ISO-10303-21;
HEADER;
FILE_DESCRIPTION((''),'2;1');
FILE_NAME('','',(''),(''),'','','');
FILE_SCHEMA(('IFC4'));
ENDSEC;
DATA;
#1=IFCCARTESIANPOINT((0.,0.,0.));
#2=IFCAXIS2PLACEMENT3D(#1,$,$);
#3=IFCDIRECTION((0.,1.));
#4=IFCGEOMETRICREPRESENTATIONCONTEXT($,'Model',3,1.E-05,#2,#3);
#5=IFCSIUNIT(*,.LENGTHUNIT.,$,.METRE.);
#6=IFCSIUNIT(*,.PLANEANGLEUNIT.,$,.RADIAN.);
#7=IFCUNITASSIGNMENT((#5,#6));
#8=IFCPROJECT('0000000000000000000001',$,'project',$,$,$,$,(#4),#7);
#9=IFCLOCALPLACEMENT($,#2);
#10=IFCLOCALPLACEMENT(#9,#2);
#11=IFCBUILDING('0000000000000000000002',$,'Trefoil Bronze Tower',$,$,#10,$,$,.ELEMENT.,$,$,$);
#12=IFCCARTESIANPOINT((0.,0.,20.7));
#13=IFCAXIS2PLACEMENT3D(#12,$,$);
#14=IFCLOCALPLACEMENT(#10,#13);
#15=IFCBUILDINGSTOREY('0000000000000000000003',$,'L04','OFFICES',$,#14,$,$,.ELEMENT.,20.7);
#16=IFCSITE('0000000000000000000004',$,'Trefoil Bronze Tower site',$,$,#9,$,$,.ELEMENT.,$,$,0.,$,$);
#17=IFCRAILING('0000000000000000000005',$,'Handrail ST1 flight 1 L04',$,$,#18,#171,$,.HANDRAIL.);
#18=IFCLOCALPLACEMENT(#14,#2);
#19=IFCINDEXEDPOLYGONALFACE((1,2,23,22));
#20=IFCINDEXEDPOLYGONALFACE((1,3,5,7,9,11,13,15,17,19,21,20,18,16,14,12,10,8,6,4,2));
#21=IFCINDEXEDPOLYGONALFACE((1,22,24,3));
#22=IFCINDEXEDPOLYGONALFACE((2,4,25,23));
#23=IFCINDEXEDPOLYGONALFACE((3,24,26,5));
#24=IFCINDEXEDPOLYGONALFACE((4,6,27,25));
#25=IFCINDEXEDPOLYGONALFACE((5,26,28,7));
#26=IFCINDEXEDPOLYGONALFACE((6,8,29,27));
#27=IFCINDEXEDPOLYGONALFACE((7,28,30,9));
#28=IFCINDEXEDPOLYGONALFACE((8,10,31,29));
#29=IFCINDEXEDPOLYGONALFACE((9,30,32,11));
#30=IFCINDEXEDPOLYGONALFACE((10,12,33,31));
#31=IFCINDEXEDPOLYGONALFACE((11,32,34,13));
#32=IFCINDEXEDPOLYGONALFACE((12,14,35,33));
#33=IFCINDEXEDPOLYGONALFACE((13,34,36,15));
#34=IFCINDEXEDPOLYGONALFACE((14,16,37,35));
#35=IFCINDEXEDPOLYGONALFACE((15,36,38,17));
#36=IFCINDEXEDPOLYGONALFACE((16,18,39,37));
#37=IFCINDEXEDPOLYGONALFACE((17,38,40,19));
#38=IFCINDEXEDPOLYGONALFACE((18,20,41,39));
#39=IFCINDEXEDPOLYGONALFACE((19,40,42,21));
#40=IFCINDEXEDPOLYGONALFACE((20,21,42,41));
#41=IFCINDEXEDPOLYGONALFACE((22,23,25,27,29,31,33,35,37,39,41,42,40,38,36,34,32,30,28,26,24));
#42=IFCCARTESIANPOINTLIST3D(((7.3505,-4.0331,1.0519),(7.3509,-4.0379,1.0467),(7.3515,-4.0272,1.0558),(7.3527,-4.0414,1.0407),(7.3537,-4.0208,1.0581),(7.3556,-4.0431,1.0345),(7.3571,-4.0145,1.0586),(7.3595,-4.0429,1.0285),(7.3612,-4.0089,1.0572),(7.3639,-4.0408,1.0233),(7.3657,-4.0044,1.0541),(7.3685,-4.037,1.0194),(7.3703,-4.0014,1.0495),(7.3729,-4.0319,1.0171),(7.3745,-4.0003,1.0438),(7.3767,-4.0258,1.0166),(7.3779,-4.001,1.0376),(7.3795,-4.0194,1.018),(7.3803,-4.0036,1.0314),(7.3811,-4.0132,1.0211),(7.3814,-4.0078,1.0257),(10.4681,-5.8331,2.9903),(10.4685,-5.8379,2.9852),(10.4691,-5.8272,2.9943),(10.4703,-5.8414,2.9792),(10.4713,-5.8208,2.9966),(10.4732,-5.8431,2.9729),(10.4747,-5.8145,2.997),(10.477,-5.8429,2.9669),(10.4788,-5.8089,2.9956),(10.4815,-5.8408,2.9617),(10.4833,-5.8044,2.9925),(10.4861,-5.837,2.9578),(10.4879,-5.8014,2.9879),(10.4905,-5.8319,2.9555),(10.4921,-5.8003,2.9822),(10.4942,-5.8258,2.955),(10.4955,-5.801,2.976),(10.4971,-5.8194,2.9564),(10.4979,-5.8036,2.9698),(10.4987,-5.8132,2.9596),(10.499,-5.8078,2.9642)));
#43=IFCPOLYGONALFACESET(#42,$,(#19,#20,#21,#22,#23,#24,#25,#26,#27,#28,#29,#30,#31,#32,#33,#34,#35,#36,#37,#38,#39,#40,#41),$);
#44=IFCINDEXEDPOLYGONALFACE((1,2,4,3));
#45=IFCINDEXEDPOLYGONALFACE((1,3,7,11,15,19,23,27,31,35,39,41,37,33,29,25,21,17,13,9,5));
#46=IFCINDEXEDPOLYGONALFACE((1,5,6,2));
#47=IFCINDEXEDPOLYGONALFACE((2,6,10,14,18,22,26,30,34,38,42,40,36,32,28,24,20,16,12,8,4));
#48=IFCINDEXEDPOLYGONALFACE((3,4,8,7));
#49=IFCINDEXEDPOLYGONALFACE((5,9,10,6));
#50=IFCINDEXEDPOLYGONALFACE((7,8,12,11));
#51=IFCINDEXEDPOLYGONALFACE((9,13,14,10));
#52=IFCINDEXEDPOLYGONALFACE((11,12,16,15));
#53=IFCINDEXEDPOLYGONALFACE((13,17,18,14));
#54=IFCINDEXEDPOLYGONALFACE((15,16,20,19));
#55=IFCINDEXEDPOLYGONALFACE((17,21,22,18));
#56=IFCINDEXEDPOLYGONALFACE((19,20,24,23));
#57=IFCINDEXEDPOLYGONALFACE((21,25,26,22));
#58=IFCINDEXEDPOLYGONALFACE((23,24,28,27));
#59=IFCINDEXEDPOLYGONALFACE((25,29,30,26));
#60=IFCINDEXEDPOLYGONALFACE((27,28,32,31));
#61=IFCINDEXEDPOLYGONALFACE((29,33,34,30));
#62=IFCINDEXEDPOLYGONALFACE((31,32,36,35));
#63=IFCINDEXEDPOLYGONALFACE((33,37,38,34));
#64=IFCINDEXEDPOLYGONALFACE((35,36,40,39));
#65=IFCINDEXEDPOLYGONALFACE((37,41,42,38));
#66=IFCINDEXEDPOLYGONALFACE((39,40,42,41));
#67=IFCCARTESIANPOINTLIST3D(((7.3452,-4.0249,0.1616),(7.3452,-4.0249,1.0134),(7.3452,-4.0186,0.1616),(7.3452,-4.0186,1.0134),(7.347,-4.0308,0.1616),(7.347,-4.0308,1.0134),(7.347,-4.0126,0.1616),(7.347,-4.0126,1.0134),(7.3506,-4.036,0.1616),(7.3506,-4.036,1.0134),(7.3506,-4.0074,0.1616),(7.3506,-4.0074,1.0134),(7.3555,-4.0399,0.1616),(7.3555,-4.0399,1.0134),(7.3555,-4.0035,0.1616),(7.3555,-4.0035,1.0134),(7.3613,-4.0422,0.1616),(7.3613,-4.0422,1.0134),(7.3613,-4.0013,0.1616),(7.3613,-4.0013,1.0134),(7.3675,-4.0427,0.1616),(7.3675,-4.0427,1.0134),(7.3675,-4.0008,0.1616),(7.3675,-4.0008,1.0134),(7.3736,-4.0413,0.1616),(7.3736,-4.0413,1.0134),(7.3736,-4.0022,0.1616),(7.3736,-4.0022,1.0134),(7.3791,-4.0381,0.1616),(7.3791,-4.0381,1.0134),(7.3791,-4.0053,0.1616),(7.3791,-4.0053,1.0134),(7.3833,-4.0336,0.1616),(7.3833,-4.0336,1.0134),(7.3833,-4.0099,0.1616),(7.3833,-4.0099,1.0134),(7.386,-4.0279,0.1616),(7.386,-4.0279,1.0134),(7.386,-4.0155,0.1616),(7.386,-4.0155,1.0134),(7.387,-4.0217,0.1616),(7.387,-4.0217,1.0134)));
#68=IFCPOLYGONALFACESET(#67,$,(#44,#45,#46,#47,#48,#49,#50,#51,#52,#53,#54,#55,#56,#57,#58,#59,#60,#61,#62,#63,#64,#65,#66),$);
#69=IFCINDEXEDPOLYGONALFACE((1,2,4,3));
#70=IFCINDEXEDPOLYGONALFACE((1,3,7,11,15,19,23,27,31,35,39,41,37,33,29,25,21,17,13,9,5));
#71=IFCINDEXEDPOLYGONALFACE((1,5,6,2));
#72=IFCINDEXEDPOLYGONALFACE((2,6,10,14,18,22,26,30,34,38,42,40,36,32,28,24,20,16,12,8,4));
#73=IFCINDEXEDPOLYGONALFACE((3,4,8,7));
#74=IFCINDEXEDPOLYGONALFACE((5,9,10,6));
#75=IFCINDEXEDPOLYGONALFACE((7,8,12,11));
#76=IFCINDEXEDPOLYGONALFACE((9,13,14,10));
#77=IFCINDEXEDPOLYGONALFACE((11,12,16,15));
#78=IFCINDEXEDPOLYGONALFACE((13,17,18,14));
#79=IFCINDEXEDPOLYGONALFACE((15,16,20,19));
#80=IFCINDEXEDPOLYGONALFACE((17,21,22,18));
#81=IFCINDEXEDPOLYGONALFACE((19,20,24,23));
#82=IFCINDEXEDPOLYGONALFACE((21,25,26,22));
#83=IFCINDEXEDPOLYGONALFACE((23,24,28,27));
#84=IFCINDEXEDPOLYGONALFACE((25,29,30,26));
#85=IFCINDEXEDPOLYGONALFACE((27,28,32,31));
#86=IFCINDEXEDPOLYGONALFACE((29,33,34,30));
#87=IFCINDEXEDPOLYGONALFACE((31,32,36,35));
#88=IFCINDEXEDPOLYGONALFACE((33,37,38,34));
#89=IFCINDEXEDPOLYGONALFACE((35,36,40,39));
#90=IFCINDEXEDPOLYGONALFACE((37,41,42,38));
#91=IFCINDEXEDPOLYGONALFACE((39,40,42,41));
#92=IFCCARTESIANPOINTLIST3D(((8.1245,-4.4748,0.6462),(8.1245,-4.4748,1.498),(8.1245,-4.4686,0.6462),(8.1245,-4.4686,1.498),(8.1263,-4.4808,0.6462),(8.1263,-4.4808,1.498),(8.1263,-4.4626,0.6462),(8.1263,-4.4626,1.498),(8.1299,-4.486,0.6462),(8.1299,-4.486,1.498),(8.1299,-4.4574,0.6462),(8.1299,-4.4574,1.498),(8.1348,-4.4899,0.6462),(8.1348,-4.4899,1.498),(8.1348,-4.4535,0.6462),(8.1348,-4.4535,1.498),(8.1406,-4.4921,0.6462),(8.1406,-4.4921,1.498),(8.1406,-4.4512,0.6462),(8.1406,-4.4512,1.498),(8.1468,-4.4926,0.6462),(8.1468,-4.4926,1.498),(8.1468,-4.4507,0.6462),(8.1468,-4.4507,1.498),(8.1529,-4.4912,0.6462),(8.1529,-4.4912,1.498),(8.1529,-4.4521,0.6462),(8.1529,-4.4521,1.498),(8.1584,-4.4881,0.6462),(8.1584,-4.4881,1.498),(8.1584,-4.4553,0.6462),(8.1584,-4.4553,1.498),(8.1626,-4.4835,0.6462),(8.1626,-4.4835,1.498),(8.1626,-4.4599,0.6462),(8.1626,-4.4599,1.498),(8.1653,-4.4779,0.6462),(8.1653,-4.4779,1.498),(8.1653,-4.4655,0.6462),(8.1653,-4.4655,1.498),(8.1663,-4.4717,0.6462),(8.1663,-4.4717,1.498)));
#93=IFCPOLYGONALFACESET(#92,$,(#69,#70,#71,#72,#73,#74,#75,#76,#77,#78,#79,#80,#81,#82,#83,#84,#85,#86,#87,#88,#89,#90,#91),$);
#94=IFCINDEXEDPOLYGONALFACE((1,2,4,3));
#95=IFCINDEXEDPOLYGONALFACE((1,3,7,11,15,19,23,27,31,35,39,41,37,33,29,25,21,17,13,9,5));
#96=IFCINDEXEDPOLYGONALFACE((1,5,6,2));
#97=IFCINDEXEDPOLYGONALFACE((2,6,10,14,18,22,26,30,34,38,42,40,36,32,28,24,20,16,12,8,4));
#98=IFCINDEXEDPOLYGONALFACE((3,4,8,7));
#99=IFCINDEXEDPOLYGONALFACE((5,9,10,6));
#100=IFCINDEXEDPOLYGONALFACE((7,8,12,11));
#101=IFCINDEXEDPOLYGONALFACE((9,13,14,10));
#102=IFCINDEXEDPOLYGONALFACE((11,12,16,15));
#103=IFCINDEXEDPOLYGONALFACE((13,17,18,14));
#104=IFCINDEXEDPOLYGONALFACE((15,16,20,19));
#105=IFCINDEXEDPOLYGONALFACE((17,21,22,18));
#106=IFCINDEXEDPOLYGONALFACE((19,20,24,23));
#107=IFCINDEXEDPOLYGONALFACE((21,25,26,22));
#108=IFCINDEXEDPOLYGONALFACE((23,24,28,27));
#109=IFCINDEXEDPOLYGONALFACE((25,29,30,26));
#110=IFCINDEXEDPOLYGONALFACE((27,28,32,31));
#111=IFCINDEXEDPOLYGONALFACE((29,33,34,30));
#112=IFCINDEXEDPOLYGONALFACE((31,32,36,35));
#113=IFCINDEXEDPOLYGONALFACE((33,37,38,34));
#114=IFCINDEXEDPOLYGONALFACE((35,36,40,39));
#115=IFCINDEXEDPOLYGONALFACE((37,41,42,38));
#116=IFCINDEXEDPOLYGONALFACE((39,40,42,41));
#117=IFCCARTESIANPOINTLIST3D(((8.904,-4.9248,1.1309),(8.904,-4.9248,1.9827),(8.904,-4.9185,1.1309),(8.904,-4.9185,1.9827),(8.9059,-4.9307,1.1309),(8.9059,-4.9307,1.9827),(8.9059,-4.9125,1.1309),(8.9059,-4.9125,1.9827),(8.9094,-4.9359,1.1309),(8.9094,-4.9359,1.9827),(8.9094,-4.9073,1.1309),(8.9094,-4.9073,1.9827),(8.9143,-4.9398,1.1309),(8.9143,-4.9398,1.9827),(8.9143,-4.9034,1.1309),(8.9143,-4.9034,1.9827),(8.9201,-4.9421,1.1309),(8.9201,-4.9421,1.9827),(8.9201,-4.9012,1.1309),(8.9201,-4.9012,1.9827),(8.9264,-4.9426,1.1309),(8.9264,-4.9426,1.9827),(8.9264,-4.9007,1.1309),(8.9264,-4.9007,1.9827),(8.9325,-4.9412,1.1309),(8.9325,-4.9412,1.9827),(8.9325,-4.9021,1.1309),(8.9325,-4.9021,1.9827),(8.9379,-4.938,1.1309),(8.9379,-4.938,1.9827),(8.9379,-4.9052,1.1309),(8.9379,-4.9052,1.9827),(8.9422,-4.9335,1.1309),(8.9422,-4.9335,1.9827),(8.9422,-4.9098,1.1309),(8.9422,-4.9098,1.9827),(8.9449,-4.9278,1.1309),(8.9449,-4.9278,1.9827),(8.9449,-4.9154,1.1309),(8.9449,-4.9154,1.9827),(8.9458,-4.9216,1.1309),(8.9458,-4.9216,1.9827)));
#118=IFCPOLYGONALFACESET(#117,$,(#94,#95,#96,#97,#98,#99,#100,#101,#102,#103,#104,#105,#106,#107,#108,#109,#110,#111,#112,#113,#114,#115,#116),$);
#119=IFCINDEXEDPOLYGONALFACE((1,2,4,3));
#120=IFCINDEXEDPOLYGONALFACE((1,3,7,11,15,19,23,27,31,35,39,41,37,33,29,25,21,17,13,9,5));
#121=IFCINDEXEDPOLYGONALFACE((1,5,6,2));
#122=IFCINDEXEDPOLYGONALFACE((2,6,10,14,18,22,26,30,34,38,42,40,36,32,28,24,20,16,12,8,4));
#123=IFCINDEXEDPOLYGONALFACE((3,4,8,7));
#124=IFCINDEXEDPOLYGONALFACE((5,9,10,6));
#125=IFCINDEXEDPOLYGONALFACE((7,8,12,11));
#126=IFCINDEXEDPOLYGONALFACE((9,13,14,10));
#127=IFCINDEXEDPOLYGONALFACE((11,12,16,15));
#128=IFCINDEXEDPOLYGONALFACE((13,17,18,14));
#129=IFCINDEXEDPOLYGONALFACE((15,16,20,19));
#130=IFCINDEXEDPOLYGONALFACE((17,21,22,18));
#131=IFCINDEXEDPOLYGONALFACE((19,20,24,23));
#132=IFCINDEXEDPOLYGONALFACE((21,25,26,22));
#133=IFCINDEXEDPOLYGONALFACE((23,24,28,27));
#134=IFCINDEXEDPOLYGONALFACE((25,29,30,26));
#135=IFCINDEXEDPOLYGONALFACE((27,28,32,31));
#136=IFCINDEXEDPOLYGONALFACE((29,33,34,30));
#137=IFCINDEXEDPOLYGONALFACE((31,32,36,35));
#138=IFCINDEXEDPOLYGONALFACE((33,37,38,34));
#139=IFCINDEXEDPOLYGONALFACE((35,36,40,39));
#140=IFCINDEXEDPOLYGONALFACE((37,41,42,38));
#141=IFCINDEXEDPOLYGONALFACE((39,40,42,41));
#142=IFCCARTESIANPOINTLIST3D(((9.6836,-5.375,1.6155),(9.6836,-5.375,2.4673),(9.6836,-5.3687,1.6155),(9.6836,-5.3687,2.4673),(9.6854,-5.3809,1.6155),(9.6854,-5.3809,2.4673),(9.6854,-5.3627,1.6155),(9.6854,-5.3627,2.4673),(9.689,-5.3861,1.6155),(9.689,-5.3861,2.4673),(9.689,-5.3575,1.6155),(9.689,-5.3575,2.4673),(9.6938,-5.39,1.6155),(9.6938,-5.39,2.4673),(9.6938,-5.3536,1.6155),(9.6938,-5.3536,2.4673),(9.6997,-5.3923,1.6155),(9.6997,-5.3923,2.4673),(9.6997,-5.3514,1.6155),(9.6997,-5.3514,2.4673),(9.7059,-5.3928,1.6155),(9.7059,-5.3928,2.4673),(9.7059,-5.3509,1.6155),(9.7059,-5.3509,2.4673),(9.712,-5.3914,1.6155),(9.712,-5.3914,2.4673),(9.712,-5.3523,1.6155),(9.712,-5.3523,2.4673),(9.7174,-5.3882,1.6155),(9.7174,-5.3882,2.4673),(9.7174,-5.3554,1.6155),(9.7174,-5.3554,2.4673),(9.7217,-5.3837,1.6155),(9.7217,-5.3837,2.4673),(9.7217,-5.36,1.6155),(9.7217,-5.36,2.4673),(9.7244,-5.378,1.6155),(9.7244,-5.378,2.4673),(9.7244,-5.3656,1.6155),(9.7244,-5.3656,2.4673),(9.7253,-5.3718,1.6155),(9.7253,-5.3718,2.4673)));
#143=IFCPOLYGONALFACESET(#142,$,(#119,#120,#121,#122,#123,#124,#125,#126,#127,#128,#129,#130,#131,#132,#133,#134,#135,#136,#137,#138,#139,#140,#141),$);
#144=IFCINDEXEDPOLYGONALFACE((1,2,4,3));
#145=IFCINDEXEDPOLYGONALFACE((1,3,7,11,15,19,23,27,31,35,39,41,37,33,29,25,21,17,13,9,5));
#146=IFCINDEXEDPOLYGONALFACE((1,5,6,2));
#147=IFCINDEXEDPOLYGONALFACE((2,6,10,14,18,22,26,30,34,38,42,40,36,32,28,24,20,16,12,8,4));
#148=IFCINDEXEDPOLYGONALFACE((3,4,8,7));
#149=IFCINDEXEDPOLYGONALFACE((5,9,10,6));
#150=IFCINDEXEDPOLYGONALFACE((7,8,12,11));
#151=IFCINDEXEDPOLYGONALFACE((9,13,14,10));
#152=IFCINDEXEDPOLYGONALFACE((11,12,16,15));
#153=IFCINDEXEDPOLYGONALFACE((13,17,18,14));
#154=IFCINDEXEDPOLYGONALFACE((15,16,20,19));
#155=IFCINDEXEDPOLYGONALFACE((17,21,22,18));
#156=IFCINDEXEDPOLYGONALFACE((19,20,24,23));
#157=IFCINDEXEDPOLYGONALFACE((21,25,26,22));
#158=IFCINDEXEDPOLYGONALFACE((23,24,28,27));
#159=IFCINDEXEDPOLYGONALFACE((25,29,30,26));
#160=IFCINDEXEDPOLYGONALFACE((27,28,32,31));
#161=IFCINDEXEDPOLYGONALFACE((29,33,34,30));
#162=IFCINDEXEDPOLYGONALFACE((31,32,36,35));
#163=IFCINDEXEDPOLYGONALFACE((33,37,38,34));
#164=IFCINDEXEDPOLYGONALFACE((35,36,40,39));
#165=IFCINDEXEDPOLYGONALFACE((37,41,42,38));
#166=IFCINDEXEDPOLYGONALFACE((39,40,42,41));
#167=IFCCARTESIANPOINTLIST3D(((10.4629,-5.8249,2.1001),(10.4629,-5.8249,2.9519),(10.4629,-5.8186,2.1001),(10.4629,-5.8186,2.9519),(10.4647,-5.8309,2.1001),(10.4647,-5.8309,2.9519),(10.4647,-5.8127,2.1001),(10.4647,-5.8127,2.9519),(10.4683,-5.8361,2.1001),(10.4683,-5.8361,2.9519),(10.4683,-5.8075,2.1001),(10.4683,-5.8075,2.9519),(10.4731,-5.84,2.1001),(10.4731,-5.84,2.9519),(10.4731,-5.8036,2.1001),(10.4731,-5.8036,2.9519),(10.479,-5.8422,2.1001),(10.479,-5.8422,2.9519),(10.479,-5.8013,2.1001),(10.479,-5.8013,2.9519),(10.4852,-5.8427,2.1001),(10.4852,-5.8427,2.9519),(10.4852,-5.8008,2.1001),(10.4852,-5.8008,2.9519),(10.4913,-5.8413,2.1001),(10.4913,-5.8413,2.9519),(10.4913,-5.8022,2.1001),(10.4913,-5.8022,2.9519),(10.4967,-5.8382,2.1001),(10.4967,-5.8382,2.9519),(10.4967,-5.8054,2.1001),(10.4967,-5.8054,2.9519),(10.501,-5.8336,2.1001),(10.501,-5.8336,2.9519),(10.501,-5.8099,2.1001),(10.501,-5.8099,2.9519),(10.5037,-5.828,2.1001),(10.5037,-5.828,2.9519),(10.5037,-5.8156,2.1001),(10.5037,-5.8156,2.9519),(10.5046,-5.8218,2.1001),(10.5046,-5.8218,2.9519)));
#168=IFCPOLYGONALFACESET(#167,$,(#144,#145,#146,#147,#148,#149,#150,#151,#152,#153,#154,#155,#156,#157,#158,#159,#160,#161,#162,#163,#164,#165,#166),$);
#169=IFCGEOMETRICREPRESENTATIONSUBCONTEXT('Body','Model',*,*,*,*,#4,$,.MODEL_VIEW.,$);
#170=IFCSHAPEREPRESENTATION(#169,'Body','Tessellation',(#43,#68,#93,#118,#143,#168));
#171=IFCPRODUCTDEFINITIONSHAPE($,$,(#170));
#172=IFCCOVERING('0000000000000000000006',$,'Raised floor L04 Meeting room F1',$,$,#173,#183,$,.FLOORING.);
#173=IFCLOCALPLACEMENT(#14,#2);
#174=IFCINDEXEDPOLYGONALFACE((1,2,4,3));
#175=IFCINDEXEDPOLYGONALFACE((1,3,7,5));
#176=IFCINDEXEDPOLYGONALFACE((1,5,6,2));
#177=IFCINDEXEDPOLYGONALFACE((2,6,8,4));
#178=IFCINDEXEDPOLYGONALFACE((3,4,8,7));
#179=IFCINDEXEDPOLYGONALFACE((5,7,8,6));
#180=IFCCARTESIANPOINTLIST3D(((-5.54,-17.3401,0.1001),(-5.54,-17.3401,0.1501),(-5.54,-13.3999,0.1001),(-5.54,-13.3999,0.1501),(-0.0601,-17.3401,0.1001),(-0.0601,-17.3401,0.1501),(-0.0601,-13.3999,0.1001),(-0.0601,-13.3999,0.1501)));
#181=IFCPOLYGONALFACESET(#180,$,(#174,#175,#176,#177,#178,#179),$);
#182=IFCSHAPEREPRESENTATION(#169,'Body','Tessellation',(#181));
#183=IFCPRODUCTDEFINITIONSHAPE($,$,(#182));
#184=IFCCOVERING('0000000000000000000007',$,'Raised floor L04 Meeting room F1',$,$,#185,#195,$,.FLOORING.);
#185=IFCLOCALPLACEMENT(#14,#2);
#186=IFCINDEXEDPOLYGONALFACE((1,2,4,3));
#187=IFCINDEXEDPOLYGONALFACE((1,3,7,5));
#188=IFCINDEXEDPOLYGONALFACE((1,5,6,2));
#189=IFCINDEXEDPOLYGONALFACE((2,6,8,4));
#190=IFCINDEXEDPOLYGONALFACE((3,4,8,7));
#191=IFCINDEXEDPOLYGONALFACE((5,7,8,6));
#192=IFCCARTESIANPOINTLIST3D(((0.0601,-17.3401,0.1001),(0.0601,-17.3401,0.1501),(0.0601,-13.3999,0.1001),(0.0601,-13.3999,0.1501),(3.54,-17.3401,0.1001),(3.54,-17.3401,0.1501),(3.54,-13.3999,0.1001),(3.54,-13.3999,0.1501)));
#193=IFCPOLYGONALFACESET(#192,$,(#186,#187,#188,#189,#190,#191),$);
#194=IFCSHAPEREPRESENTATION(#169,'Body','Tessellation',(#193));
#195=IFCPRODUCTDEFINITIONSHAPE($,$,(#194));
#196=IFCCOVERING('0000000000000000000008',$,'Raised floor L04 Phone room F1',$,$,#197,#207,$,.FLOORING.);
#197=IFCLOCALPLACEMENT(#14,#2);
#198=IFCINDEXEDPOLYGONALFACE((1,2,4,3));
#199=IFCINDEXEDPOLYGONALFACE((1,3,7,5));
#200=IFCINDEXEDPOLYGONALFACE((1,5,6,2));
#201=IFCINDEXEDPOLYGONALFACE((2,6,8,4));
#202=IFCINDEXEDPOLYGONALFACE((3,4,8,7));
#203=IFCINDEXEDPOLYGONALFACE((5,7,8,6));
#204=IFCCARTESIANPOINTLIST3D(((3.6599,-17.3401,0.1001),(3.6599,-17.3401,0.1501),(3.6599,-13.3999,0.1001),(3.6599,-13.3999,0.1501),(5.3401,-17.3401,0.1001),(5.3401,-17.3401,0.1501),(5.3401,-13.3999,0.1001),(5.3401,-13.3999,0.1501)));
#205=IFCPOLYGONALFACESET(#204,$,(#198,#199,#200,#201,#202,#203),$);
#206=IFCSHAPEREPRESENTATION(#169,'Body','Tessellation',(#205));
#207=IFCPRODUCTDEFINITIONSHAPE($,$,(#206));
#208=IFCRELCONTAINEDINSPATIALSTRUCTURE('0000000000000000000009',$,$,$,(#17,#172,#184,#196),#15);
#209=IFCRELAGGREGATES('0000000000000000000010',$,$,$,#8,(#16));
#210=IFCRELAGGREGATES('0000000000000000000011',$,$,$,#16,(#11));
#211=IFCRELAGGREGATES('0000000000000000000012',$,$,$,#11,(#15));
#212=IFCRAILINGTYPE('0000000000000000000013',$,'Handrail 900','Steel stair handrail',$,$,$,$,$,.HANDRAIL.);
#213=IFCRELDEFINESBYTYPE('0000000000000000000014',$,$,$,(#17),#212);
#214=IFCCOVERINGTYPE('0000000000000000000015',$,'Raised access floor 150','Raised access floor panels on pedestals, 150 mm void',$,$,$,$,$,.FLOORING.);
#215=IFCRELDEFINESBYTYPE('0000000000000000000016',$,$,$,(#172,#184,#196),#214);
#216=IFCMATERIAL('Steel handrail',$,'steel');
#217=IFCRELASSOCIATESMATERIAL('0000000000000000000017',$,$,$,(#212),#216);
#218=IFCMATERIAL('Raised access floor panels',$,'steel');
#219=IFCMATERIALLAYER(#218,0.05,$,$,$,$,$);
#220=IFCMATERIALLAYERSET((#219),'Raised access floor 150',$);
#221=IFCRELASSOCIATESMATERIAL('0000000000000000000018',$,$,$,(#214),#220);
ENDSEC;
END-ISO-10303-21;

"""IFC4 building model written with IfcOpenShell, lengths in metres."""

from ifc_helpers import new_model, si_unit, direction, frame, origin, origin_2d, place, context, subcontext, project, spatial, polyline, circle, outline, extrude, material, layer, layer_set, type_object, element, save


model = new_model("IFC4")

# Units and contexts
model_context = context("Model", 3, precision=1e-05, world=origin(), true_north=direction((0.0, 1.0)))
body_context = subcontext(model_context, "Body", "Model", "MODEL_VIEW")
ifc_project = project(units=[si_unit("LENGTHUNIT", "METRE"), si_unit("PLANEANGLEUNIT", "RADIAN")], contexts=[model_context])

# Site, building, storey
site_placement = place(None, origin())
site = spatial("IfcSite", under=ifc_project, at=site_placement, Name="Trefoil Bronze Tower site", CompositionType="ELEMENT", RefElevation=0.0)
building_placement = place(site_placement, origin())
building = spatial("IfcBuilding", under=site, at=building_placement, Name="Trefoil Bronze Tower", CompositionType="ELEMENT")
storey_placement = place(building_placement, frame((0.0, 0.0, 20.7)))
storey = spatial("IfcBuildingStorey", under=building, at=storey_placement, Name="L04", Description="OFFICES", CompositionType="ELEMENT", Elevation=20.7)

# Railing
ifc_material_1 = material(Name="Steel handrail", Category="steel")
railing_type = type_object("IfcRailingType", Name="Handrail 900", Description="Steel stair handrail", PredefinedType="HANDRAIL", material=ifc_material_1)
railing_placement = place(storey_placement, frame((7.366, -4.0217, 0.1616)))
element("IfcRailing", 1, at=railing_placement, inside=storey, type_object=railing_type, Name="Handrail ST1 flight 1 L04", PredefinedType="HANDRAIL", context=body_context, shape_type="SweptSolid", body=[
    extrude(circle(Radius=0.0239, at=origin_2d()), frame((0.0, 0.0, 0.876), z_axis=(0.762503, -0.440246, 0.474102), x_axis=(0.500012, 0.866018, 0.0)), (0.0, 0.0, 1.0), 4.0886),
    extrude(circle(Radius=0.021, at=origin_2d()), origin(), (0.0, 0.0, 1.0), 0.8518),
    extrude(circle(Radius=0.021, at=origin_2d()), frame((0.7793, -0.45, 0.4846)), (0.0, 0.0, 1.0), 0.8518),
    extrude(circle(Radius=0.021, at=origin_2d()), frame((1.5588, -0.8999, 0.9692)), (0.0, 0.0, 1.0), 0.8518),
    extrude(circle(Radius=0.021, at=origin_2d()), frame((2.3384, -1.3501, 1.4539)), (0.0, 0.0, 1.0), 0.8518),
    extrude(circle(Radius=0.021, at=origin_2d()), frame((3.1177, -1.8, 1.9385)), (0.0, 0.0, 1.0), 0.8518),
])

# Coverings
ifc_material_2 = material(Name="Raised access floor panels", Category="steel")
ifc_layer_1 = layer(ifc_material_2, 0.05)
ifc_layer_set_1 = layer_set([ifc_layer_1], Name="Raised access floor 150")
covering_type_1 = type_object("IfcCoveringType", Name="Raised access floor 150", Description="Raised access floor panels on pedestals, 150 mm void", PredefinedType="FLOORING", material=ifc_layer_set_1)
covering_1_placement = place(storey_placement, frame((0.0, 0.0, 0.1001)))
element("IfcCovering", 2, at=covering_1_placement, inside=storey, type_object=covering_type_1, Name="Raised floor L04 Meeting room F1", PredefinedType="FLOORING", context=body_context, shape_type="SweptSolid", body=[
    extrude(outline(polyline([(-0.0601, -13.3999), (-0.0601, -17.3401), (-5.54, -17.3401), (-5.54, -13.3999), (-0.0601, -13.3999)])), origin(), (0.0, 0.0, 1.0), 0.05),
])
covering_2_placement = place(storey_placement, frame((0.0, 0.0, 0.1001)))
element("IfcCovering", 3, at=covering_2_placement, inside=storey, type_object=covering_type_1, Name="Raised floor L04 Meeting room F1", PredefinedType="FLOORING", context=body_context, shape_type="SweptSolid", body=[
    extrude(outline(polyline([(3.54, -13.3999), (3.54, -17.3401), (0.0601, -17.3401), (0.0601, -13.3999), (3.54, -13.3999)])), origin(), (0.0, 0.0, 1.0), 0.05),
])
covering_3_placement = place(storey_placement, frame((0.0, 0.0, 0.1001)))
element("IfcCovering", 4, at=covering_3_placement, inside=storey, type_object=covering_type_1, Name="Raised floor L04 Phone room F1", PredefinedType="FLOORING", context=body_context, shape_type="SweptSolid", body=[
    extrude(outline(polyline([(5.3401, -13.3999), (5.3401, -17.3401), (3.6599, -17.3401), (3.6599, -13.3999), (5.3401, -13.3999)])), origin(), (0.0, 0.0, 1.0), 0.05),
])

save(model, "model.ifc")
